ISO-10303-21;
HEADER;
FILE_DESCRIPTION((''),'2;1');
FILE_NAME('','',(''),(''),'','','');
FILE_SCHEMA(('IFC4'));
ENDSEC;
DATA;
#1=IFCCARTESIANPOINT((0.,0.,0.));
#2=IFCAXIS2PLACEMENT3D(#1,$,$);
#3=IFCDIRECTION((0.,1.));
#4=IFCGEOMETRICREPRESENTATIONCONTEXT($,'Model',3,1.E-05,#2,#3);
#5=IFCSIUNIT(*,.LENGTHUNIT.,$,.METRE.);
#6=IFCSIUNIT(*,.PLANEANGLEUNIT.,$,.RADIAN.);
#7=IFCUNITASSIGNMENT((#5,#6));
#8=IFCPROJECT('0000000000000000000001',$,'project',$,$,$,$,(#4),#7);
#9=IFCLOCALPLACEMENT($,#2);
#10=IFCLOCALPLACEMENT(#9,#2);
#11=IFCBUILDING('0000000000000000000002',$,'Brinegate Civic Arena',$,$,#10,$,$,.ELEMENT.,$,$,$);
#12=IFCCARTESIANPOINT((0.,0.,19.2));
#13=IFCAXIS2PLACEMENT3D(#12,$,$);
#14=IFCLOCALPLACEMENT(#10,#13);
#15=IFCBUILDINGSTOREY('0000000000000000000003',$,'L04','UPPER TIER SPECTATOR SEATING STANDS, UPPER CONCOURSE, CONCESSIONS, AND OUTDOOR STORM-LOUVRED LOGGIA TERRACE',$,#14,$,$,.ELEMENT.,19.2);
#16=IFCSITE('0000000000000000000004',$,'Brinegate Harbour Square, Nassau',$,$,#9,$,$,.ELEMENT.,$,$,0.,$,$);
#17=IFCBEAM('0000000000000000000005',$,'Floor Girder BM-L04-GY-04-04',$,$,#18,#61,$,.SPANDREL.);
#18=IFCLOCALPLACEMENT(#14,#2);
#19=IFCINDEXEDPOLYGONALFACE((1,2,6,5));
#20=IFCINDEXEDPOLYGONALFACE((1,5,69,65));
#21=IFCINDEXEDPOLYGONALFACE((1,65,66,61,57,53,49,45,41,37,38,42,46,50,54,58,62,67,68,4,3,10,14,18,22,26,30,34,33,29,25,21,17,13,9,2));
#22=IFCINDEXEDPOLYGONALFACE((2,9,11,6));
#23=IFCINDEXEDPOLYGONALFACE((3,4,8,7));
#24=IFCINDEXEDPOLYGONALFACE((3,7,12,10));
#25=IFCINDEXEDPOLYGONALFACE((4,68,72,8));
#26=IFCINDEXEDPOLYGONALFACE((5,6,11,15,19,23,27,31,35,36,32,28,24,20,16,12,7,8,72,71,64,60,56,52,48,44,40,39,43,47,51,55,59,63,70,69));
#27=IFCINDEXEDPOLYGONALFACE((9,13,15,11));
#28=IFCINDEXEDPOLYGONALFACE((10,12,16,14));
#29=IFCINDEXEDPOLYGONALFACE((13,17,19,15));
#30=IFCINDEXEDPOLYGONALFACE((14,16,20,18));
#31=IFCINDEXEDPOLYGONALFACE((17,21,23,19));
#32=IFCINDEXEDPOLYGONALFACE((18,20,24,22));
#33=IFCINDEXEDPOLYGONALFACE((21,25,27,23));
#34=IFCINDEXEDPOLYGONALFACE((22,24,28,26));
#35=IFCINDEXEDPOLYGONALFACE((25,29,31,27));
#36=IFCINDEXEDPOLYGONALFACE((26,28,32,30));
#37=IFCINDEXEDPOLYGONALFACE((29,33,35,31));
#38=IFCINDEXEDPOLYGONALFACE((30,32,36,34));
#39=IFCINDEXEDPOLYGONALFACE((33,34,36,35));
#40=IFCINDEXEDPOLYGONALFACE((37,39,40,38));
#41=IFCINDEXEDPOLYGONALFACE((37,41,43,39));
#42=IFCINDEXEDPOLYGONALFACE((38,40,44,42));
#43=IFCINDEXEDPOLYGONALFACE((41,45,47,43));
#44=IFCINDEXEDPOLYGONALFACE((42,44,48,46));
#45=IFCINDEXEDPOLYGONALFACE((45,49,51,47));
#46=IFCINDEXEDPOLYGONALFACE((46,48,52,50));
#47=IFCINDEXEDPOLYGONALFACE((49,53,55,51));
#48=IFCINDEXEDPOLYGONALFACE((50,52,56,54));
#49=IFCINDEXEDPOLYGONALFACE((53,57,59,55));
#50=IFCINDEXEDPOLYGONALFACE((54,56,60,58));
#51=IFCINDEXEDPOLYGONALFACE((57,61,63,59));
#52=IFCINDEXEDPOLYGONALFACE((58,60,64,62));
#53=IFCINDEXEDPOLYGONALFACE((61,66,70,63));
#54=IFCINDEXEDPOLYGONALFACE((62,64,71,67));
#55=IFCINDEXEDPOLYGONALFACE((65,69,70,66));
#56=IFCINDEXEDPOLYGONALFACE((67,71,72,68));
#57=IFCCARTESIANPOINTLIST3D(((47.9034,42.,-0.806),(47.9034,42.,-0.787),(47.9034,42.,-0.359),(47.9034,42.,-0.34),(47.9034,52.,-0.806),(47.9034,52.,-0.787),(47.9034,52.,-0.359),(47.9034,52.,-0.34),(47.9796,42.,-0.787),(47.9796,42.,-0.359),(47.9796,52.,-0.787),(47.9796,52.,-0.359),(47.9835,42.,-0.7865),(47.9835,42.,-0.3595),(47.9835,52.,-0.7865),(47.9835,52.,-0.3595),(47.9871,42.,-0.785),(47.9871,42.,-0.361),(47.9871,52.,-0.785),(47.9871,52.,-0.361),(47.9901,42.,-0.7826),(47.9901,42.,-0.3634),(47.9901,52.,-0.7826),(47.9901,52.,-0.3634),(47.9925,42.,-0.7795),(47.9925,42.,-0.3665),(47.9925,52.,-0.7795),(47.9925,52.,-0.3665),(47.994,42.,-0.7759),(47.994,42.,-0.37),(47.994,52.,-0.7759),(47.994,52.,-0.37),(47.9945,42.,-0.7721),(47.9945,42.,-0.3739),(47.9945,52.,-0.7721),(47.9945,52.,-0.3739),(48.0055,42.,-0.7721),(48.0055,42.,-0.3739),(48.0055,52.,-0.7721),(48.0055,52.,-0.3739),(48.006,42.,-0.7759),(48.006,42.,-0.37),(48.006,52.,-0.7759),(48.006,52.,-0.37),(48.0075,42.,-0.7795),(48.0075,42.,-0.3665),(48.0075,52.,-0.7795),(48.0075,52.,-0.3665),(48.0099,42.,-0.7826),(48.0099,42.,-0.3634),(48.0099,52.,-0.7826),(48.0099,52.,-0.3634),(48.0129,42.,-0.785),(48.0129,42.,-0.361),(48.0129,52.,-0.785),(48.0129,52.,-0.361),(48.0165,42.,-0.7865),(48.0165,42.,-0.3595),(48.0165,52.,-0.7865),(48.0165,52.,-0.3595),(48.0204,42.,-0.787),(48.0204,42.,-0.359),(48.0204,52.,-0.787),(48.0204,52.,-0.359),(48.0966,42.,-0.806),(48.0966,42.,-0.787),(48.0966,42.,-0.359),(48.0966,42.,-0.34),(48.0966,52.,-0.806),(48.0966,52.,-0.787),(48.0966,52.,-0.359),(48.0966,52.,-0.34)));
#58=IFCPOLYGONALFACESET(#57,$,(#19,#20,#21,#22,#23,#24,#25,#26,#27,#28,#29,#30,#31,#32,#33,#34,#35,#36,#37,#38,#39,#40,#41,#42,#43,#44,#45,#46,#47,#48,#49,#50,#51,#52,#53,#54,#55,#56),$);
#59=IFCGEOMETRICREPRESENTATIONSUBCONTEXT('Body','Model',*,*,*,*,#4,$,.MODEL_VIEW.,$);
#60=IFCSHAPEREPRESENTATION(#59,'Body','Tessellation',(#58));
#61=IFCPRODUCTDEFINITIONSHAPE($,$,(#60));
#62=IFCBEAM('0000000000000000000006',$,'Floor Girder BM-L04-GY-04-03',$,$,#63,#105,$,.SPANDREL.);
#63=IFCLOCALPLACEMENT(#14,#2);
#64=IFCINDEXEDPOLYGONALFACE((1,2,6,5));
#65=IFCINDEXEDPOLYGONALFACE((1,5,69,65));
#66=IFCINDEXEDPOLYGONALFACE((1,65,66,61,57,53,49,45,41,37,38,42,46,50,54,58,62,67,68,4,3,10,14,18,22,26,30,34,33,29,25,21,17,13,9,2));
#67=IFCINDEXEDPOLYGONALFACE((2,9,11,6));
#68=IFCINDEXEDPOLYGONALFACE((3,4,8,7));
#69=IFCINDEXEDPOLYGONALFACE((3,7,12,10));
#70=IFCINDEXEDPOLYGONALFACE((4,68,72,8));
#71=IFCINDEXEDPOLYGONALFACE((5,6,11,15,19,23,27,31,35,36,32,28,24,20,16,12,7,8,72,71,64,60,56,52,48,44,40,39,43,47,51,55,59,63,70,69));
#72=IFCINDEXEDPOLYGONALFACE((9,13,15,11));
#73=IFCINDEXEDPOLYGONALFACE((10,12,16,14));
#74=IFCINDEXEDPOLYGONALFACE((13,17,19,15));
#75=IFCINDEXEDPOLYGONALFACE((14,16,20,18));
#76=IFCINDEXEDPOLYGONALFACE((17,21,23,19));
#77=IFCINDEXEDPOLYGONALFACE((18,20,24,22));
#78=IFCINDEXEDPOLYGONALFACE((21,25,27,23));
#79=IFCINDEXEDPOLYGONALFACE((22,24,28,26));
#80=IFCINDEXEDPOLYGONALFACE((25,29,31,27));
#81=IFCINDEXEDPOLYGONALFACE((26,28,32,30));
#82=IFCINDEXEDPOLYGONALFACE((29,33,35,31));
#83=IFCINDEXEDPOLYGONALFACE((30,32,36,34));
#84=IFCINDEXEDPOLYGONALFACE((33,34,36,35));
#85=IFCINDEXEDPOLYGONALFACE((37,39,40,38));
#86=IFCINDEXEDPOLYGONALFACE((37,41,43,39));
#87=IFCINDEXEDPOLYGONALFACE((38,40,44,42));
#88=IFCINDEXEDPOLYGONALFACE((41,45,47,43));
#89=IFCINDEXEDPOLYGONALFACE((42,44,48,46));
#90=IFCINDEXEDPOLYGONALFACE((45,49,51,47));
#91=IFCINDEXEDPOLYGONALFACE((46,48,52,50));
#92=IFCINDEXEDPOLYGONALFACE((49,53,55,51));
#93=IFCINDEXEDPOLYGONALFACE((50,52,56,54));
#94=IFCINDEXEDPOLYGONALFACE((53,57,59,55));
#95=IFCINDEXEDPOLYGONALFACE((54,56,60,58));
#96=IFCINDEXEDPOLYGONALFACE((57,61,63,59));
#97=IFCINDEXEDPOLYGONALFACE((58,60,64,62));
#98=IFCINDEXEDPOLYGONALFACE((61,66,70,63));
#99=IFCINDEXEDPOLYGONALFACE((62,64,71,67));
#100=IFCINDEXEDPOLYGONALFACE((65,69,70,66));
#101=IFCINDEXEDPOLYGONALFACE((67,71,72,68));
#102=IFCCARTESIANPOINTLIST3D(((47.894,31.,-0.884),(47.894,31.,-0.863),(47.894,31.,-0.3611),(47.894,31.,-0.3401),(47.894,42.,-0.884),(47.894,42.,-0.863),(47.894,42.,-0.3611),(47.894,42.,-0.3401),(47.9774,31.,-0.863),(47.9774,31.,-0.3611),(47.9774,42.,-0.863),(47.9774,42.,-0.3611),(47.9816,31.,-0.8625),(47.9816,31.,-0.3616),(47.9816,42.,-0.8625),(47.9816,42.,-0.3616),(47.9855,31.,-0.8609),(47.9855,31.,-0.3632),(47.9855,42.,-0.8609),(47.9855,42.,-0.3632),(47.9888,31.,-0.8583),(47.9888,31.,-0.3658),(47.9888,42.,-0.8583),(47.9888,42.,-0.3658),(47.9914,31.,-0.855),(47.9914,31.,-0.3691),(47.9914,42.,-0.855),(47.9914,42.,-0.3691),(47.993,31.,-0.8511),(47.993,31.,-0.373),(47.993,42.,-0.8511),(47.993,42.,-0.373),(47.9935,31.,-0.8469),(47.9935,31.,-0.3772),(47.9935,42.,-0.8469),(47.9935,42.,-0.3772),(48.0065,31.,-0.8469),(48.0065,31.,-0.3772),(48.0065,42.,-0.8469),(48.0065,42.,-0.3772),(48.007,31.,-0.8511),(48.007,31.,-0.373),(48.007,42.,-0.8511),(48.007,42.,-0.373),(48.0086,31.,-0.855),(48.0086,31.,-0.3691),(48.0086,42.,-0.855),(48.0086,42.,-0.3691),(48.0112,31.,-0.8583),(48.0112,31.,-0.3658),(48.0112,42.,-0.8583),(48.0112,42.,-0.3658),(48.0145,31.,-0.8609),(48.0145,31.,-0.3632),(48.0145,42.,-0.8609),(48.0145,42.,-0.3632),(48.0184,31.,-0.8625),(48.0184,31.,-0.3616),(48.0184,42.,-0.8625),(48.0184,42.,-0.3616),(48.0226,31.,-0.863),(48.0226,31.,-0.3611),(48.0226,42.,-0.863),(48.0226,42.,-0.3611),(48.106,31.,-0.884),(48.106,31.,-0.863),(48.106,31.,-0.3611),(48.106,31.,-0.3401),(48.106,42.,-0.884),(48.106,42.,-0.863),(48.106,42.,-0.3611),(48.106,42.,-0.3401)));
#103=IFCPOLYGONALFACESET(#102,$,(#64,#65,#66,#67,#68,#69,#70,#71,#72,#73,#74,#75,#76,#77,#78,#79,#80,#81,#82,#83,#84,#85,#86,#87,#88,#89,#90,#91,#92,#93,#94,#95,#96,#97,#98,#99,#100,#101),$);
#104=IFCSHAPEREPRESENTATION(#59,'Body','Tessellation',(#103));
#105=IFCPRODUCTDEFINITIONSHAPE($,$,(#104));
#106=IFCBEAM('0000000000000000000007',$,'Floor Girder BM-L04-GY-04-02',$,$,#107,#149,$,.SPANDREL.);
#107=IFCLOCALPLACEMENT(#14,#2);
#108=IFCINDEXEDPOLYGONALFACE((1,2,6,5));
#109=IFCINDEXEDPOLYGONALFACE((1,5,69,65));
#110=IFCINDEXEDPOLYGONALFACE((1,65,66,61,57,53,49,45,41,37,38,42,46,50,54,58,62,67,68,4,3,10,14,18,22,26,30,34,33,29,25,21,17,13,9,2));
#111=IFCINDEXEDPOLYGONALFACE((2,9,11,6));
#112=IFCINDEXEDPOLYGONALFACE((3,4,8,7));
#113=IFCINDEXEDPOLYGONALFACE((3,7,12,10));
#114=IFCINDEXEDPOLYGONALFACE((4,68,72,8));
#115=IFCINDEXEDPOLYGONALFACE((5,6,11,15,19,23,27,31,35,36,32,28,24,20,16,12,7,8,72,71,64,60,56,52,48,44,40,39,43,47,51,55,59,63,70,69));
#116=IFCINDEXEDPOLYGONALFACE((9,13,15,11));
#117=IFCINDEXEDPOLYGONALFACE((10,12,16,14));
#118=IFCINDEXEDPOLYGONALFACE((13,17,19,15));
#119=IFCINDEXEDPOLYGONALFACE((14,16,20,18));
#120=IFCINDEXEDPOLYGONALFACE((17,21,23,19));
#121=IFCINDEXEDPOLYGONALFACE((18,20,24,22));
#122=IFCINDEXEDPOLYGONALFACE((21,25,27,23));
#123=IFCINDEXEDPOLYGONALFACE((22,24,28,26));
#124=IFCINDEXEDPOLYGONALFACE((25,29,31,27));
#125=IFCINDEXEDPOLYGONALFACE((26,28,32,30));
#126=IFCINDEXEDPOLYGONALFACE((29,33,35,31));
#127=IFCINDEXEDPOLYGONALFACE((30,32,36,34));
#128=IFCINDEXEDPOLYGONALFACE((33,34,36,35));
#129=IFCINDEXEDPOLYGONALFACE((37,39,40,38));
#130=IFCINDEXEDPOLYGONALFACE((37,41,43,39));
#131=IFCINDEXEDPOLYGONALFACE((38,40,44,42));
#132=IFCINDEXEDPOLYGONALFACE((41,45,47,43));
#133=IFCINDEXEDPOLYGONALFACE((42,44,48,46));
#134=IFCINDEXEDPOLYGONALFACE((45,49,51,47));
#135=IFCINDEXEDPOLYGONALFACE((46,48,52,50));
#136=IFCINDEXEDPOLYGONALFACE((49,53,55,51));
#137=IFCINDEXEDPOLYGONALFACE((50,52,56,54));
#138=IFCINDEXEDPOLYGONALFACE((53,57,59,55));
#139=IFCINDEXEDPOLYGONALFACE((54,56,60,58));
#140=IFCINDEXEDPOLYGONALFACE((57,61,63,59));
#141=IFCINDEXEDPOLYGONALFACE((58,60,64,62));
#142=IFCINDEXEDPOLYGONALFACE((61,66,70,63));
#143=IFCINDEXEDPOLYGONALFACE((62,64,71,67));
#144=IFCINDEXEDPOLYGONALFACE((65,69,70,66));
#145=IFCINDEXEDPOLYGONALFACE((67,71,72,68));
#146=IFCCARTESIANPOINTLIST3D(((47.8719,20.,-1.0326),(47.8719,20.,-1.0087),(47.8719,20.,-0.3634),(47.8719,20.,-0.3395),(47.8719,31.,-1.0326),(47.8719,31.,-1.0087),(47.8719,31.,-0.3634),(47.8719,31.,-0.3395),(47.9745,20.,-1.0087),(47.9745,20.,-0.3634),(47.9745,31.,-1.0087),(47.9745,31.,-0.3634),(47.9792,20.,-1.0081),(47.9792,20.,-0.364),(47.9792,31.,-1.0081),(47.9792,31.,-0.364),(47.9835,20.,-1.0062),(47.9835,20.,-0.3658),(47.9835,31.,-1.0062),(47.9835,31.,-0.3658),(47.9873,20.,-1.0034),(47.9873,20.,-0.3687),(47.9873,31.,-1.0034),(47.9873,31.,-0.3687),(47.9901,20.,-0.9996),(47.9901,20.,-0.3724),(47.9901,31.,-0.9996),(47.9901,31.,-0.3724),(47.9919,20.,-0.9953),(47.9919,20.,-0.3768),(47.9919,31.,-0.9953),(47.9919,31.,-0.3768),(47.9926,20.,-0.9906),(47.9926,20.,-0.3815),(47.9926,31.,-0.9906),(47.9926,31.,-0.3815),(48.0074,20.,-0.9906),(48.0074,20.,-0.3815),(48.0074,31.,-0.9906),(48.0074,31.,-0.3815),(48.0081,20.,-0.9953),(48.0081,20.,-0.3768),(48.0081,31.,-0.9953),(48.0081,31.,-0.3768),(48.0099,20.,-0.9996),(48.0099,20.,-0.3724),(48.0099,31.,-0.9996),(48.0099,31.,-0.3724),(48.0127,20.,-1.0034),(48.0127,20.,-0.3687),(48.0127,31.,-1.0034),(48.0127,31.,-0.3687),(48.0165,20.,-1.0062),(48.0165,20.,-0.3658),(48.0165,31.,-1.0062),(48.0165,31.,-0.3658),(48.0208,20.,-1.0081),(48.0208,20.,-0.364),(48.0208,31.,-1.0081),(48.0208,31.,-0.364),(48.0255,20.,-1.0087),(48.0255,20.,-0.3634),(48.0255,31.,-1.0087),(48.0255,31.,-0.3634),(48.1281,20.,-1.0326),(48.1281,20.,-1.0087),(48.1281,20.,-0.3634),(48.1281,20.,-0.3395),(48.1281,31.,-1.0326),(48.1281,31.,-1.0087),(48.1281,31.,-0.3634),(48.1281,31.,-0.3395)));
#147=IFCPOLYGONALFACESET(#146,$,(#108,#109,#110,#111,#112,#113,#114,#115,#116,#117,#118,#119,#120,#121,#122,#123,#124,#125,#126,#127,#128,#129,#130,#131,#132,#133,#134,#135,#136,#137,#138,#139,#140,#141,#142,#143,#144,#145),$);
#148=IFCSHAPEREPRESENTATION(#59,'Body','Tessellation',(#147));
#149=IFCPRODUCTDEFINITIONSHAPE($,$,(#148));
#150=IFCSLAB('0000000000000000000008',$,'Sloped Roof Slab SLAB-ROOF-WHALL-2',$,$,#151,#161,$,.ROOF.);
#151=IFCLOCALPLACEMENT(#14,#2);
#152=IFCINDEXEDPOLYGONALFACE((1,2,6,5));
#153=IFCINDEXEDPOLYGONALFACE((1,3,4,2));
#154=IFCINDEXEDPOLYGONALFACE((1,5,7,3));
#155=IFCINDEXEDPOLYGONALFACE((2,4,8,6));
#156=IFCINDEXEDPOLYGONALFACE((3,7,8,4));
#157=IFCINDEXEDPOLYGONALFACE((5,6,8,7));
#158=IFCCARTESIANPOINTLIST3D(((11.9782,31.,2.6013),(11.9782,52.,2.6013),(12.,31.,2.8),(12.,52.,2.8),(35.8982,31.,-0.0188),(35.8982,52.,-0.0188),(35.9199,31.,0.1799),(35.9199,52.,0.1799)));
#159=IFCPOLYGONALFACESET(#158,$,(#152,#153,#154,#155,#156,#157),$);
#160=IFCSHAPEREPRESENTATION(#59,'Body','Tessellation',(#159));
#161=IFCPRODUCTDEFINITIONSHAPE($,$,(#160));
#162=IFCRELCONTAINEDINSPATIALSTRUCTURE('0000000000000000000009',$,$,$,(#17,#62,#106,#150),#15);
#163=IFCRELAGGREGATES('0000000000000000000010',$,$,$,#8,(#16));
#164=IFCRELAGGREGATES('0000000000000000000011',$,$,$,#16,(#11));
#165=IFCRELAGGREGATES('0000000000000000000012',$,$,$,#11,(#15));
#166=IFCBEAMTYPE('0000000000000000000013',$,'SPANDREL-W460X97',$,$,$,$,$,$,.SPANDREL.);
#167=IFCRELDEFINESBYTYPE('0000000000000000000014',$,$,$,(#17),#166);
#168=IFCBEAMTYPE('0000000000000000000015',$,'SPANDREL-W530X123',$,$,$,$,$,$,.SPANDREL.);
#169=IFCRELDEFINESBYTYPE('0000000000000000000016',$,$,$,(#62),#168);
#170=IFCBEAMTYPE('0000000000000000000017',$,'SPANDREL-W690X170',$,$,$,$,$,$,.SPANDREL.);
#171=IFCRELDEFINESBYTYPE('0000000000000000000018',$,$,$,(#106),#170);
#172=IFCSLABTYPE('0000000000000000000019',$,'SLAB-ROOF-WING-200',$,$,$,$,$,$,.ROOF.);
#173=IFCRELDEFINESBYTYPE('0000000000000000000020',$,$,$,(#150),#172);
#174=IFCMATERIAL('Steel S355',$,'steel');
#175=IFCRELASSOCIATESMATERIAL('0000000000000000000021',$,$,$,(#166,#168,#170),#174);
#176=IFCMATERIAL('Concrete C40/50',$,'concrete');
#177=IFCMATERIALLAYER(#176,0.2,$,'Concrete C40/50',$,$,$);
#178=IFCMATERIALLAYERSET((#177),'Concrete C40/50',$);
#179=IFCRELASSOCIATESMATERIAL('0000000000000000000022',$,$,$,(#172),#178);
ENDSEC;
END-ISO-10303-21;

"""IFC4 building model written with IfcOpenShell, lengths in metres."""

from ifc_helpers import new_model, si_unit, direction, frame, origin, origin_2d, place, context, subcontext, project, spatial, polyline, i_section, outline, extrude, material, layer, layer_set, material_profile, profile_set, type_object, element, save


model = new_model("IFC4")

# Units and contexts
model_context = context("Model", 3, precision=1e-05, world=origin(), true_north=direction((0.0, 1.0)))
body_context = subcontext(model_context, "Body", "Model", "MODEL_VIEW")
ifc_project = project(units=[si_unit("LENGTHUNIT", "METRE"), si_unit("PLANEANGLEUNIT", "RADIAN")], contexts=[model_context])

# Site, building, storey
site_placement = place(None, origin())
site = spatial("IfcSite", under=ifc_project, at=site_placement, Name="Brinegate Harbour Square, Nassau", CompositionType="ELEMENT", RefElevation=0.0)
building_placement = place(site_placement, origin())
building = spatial("IfcBuilding", under=site, at=building_placement, Name="Brinegate Civic Arena", CompositionType="ELEMENT")
storey_placement = place(building_placement, frame((0.0, 0.0, 19.2)))
storey = spatial("IfcBuildingStorey", under=building, at=storey_placement, Name="L04", Description="UPPER TIER SPECTATOR SEATING STANDS, UPPER CONCOURSE, CONCESSIONS, AND OUTDOOR STORM-LOUVRED LOGGIA TERRACE", CompositionType="ELEMENT", Elevation=19.2)

# Shared definitions
ifc_material_1 = material(Name="Steel S355", Category="steel")

# Beams
ifc_material_profile_1 = material_profile(ifc_material_1, i_section(OverallWidth=0.1931, OverallDepth=0.4661, WebThickness=0.011, FlangeThickness=0.019, FilletRadius=0.0149, at=origin_2d()), Name="W460X97")
ifc_profile_set_1 = profile_set([ifc_material_profile_1], Name="Steel S355")
beam_type_1 = type_object("IfcBeamType", Name="SPANDREL-W460X97", PredefinedType="SPANDREL", material=ifc_profile_set_1)
for number, where, z_axis, x_axis, name in (
    (1, (48.0, 42.0, -0.573), (0.0, 1.0, 0.0), (-1.0, 0.0, 0.0), "Floor Girder BM-L04-GY-04-04"),
):
    element("IfcBeam", number, at=place(storey_placement, frame(where, z_axis=z_axis, x_axis=x_axis)), inside=storey, type_object=beam_type_1, Name=name, PredefinedType="SPANDREL", context=body_context, shape_type="SweptSolid", body=[
        extrude(i_section(OverallWidth=0.1931, OverallDepth=0.4661, WebThickness=0.011, FlangeThickness=0.019, FilletRadius=0.0149, at=origin_2d()), origin(), (0.0, 0.0, 1.0), 10.0),
    ])
ifc_material_profile_2 = material_profile(ifc_material_1, i_section(OverallWidth=0.2119, OverallDepth=0.5439, WebThickness=0.0129, FlangeThickness=0.021, FilletRadius=0.0161, at=origin_2d()), Name="W530X123")
ifc_profile_set_2 = profile_set([ifc_material_profile_2], Name="Steel S355")
beam_type_2 = type_object("IfcBeamType", Name="SPANDREL-W530X123", PredefinedType="SPANDREL", material=ifc_profile_set_2)
beam_1_placement = place(storey_placement, frame((48.0, 31.0, -0.6121), z_axis=(0.0, 1.0, 0.0), x_axis=(-1.0, 0.0, 0.0)))
element("IfcBeam", 2, at=beam_1_placement, inside=storey, type_object=beam_type_2, Name="Floor Girder BM-L04-GY-04-03", PredefinedType="SPANDREL", context=body_context, shape_type="SweptSolid", body=[
    extrude(i_section(OverallWidth=0.2119, OverallDepth=0.5439, WebThickness=0.0129, FlangeThickness=0.021, FilletRadius=0.0161, at=origin_2d()), origin(), (0.0, 0.0, 1.0), 11.0),
])
ifc_material_profile_3 = material_profile(ifc_material_1, i_section(OverallWidth=0.2561, OverallDepth=0.6931, WebThickness=0.0149, FlangeThickness=0.0239, FilletRadius=0.0181, at=origin_2d()), Name="W690X170")
ifc_profile_set_3 = profile_set([ifc_material_profile_3], Name="Steel S355")
beam_type_3 = type_object("IfcBeamType", Name="SPANDREL-W690X170", PredefinedType="SPANDREL", material=ifc_profile_set_3)
beam_2_placement = place(storey_placement, frame((48.0, 20.0, -0.686), z_axis=(0.0, 1.0, 0.0), x_axis=(-1.0, 0.0, 0.0)))
element("IfcBeam", 3, at=beam_2_placement, inside=storey, type_object=beam_type_3, Name="Floor Girder BM-L04-GY-04-02", PredefinedType="SPANDREL", context=body_context, shape_type="SweptSolid", body=[
    extrude(i_section(OverallWidth=0.2561, OverallDepth=0.6931, WebThickness=0.0149, FlangeThickness=0.0239, FilletRadius=0.0181, at=origin_2d()), origin(), (0.0, 0.0, 1.0), 11.0),
])

# Slab
ifc_material_2 = material(Name="Concrete C40/50", Category="concrete")
ifc_layer_1 = layer(ifc_material_2, 0.2, Name="Concrete C40/50")
ifc_layer_set_1 = layer_set([ifc_layer_1], Name="Concrete C40/50")
slab_type = type_object("IfcSlabType", Name="SLAB-ROOF-WING-200", PredefinedType="ROOF", material=ifc_layer_set_1)
slab_placement = place(storey_placement, frame((12.0, 31.0, 2.8), z_axis=(0.108886, 0.0, 0.994054), x_axis=(0.994054, 0.0, -0.108886)))
element("IfcSlab", 4, at=slab_placement, inside=storey, type_object=slab_type, Name="Sloped Roof Slab SLAB-ROOF-WHALL-2", PredefinedType="ROOF", context=body_context, shape_type="SweptSolid", body=[
    extrude(outline(polyline([(0.0, 0.0), (24.063, 0.0), (24.063, 21.0), (0.0, 21.0), (0.0, 0.0)])), origin(), (0.0, 0.0, -1.0), 0.2),
])

save(model, "model.ifc")
